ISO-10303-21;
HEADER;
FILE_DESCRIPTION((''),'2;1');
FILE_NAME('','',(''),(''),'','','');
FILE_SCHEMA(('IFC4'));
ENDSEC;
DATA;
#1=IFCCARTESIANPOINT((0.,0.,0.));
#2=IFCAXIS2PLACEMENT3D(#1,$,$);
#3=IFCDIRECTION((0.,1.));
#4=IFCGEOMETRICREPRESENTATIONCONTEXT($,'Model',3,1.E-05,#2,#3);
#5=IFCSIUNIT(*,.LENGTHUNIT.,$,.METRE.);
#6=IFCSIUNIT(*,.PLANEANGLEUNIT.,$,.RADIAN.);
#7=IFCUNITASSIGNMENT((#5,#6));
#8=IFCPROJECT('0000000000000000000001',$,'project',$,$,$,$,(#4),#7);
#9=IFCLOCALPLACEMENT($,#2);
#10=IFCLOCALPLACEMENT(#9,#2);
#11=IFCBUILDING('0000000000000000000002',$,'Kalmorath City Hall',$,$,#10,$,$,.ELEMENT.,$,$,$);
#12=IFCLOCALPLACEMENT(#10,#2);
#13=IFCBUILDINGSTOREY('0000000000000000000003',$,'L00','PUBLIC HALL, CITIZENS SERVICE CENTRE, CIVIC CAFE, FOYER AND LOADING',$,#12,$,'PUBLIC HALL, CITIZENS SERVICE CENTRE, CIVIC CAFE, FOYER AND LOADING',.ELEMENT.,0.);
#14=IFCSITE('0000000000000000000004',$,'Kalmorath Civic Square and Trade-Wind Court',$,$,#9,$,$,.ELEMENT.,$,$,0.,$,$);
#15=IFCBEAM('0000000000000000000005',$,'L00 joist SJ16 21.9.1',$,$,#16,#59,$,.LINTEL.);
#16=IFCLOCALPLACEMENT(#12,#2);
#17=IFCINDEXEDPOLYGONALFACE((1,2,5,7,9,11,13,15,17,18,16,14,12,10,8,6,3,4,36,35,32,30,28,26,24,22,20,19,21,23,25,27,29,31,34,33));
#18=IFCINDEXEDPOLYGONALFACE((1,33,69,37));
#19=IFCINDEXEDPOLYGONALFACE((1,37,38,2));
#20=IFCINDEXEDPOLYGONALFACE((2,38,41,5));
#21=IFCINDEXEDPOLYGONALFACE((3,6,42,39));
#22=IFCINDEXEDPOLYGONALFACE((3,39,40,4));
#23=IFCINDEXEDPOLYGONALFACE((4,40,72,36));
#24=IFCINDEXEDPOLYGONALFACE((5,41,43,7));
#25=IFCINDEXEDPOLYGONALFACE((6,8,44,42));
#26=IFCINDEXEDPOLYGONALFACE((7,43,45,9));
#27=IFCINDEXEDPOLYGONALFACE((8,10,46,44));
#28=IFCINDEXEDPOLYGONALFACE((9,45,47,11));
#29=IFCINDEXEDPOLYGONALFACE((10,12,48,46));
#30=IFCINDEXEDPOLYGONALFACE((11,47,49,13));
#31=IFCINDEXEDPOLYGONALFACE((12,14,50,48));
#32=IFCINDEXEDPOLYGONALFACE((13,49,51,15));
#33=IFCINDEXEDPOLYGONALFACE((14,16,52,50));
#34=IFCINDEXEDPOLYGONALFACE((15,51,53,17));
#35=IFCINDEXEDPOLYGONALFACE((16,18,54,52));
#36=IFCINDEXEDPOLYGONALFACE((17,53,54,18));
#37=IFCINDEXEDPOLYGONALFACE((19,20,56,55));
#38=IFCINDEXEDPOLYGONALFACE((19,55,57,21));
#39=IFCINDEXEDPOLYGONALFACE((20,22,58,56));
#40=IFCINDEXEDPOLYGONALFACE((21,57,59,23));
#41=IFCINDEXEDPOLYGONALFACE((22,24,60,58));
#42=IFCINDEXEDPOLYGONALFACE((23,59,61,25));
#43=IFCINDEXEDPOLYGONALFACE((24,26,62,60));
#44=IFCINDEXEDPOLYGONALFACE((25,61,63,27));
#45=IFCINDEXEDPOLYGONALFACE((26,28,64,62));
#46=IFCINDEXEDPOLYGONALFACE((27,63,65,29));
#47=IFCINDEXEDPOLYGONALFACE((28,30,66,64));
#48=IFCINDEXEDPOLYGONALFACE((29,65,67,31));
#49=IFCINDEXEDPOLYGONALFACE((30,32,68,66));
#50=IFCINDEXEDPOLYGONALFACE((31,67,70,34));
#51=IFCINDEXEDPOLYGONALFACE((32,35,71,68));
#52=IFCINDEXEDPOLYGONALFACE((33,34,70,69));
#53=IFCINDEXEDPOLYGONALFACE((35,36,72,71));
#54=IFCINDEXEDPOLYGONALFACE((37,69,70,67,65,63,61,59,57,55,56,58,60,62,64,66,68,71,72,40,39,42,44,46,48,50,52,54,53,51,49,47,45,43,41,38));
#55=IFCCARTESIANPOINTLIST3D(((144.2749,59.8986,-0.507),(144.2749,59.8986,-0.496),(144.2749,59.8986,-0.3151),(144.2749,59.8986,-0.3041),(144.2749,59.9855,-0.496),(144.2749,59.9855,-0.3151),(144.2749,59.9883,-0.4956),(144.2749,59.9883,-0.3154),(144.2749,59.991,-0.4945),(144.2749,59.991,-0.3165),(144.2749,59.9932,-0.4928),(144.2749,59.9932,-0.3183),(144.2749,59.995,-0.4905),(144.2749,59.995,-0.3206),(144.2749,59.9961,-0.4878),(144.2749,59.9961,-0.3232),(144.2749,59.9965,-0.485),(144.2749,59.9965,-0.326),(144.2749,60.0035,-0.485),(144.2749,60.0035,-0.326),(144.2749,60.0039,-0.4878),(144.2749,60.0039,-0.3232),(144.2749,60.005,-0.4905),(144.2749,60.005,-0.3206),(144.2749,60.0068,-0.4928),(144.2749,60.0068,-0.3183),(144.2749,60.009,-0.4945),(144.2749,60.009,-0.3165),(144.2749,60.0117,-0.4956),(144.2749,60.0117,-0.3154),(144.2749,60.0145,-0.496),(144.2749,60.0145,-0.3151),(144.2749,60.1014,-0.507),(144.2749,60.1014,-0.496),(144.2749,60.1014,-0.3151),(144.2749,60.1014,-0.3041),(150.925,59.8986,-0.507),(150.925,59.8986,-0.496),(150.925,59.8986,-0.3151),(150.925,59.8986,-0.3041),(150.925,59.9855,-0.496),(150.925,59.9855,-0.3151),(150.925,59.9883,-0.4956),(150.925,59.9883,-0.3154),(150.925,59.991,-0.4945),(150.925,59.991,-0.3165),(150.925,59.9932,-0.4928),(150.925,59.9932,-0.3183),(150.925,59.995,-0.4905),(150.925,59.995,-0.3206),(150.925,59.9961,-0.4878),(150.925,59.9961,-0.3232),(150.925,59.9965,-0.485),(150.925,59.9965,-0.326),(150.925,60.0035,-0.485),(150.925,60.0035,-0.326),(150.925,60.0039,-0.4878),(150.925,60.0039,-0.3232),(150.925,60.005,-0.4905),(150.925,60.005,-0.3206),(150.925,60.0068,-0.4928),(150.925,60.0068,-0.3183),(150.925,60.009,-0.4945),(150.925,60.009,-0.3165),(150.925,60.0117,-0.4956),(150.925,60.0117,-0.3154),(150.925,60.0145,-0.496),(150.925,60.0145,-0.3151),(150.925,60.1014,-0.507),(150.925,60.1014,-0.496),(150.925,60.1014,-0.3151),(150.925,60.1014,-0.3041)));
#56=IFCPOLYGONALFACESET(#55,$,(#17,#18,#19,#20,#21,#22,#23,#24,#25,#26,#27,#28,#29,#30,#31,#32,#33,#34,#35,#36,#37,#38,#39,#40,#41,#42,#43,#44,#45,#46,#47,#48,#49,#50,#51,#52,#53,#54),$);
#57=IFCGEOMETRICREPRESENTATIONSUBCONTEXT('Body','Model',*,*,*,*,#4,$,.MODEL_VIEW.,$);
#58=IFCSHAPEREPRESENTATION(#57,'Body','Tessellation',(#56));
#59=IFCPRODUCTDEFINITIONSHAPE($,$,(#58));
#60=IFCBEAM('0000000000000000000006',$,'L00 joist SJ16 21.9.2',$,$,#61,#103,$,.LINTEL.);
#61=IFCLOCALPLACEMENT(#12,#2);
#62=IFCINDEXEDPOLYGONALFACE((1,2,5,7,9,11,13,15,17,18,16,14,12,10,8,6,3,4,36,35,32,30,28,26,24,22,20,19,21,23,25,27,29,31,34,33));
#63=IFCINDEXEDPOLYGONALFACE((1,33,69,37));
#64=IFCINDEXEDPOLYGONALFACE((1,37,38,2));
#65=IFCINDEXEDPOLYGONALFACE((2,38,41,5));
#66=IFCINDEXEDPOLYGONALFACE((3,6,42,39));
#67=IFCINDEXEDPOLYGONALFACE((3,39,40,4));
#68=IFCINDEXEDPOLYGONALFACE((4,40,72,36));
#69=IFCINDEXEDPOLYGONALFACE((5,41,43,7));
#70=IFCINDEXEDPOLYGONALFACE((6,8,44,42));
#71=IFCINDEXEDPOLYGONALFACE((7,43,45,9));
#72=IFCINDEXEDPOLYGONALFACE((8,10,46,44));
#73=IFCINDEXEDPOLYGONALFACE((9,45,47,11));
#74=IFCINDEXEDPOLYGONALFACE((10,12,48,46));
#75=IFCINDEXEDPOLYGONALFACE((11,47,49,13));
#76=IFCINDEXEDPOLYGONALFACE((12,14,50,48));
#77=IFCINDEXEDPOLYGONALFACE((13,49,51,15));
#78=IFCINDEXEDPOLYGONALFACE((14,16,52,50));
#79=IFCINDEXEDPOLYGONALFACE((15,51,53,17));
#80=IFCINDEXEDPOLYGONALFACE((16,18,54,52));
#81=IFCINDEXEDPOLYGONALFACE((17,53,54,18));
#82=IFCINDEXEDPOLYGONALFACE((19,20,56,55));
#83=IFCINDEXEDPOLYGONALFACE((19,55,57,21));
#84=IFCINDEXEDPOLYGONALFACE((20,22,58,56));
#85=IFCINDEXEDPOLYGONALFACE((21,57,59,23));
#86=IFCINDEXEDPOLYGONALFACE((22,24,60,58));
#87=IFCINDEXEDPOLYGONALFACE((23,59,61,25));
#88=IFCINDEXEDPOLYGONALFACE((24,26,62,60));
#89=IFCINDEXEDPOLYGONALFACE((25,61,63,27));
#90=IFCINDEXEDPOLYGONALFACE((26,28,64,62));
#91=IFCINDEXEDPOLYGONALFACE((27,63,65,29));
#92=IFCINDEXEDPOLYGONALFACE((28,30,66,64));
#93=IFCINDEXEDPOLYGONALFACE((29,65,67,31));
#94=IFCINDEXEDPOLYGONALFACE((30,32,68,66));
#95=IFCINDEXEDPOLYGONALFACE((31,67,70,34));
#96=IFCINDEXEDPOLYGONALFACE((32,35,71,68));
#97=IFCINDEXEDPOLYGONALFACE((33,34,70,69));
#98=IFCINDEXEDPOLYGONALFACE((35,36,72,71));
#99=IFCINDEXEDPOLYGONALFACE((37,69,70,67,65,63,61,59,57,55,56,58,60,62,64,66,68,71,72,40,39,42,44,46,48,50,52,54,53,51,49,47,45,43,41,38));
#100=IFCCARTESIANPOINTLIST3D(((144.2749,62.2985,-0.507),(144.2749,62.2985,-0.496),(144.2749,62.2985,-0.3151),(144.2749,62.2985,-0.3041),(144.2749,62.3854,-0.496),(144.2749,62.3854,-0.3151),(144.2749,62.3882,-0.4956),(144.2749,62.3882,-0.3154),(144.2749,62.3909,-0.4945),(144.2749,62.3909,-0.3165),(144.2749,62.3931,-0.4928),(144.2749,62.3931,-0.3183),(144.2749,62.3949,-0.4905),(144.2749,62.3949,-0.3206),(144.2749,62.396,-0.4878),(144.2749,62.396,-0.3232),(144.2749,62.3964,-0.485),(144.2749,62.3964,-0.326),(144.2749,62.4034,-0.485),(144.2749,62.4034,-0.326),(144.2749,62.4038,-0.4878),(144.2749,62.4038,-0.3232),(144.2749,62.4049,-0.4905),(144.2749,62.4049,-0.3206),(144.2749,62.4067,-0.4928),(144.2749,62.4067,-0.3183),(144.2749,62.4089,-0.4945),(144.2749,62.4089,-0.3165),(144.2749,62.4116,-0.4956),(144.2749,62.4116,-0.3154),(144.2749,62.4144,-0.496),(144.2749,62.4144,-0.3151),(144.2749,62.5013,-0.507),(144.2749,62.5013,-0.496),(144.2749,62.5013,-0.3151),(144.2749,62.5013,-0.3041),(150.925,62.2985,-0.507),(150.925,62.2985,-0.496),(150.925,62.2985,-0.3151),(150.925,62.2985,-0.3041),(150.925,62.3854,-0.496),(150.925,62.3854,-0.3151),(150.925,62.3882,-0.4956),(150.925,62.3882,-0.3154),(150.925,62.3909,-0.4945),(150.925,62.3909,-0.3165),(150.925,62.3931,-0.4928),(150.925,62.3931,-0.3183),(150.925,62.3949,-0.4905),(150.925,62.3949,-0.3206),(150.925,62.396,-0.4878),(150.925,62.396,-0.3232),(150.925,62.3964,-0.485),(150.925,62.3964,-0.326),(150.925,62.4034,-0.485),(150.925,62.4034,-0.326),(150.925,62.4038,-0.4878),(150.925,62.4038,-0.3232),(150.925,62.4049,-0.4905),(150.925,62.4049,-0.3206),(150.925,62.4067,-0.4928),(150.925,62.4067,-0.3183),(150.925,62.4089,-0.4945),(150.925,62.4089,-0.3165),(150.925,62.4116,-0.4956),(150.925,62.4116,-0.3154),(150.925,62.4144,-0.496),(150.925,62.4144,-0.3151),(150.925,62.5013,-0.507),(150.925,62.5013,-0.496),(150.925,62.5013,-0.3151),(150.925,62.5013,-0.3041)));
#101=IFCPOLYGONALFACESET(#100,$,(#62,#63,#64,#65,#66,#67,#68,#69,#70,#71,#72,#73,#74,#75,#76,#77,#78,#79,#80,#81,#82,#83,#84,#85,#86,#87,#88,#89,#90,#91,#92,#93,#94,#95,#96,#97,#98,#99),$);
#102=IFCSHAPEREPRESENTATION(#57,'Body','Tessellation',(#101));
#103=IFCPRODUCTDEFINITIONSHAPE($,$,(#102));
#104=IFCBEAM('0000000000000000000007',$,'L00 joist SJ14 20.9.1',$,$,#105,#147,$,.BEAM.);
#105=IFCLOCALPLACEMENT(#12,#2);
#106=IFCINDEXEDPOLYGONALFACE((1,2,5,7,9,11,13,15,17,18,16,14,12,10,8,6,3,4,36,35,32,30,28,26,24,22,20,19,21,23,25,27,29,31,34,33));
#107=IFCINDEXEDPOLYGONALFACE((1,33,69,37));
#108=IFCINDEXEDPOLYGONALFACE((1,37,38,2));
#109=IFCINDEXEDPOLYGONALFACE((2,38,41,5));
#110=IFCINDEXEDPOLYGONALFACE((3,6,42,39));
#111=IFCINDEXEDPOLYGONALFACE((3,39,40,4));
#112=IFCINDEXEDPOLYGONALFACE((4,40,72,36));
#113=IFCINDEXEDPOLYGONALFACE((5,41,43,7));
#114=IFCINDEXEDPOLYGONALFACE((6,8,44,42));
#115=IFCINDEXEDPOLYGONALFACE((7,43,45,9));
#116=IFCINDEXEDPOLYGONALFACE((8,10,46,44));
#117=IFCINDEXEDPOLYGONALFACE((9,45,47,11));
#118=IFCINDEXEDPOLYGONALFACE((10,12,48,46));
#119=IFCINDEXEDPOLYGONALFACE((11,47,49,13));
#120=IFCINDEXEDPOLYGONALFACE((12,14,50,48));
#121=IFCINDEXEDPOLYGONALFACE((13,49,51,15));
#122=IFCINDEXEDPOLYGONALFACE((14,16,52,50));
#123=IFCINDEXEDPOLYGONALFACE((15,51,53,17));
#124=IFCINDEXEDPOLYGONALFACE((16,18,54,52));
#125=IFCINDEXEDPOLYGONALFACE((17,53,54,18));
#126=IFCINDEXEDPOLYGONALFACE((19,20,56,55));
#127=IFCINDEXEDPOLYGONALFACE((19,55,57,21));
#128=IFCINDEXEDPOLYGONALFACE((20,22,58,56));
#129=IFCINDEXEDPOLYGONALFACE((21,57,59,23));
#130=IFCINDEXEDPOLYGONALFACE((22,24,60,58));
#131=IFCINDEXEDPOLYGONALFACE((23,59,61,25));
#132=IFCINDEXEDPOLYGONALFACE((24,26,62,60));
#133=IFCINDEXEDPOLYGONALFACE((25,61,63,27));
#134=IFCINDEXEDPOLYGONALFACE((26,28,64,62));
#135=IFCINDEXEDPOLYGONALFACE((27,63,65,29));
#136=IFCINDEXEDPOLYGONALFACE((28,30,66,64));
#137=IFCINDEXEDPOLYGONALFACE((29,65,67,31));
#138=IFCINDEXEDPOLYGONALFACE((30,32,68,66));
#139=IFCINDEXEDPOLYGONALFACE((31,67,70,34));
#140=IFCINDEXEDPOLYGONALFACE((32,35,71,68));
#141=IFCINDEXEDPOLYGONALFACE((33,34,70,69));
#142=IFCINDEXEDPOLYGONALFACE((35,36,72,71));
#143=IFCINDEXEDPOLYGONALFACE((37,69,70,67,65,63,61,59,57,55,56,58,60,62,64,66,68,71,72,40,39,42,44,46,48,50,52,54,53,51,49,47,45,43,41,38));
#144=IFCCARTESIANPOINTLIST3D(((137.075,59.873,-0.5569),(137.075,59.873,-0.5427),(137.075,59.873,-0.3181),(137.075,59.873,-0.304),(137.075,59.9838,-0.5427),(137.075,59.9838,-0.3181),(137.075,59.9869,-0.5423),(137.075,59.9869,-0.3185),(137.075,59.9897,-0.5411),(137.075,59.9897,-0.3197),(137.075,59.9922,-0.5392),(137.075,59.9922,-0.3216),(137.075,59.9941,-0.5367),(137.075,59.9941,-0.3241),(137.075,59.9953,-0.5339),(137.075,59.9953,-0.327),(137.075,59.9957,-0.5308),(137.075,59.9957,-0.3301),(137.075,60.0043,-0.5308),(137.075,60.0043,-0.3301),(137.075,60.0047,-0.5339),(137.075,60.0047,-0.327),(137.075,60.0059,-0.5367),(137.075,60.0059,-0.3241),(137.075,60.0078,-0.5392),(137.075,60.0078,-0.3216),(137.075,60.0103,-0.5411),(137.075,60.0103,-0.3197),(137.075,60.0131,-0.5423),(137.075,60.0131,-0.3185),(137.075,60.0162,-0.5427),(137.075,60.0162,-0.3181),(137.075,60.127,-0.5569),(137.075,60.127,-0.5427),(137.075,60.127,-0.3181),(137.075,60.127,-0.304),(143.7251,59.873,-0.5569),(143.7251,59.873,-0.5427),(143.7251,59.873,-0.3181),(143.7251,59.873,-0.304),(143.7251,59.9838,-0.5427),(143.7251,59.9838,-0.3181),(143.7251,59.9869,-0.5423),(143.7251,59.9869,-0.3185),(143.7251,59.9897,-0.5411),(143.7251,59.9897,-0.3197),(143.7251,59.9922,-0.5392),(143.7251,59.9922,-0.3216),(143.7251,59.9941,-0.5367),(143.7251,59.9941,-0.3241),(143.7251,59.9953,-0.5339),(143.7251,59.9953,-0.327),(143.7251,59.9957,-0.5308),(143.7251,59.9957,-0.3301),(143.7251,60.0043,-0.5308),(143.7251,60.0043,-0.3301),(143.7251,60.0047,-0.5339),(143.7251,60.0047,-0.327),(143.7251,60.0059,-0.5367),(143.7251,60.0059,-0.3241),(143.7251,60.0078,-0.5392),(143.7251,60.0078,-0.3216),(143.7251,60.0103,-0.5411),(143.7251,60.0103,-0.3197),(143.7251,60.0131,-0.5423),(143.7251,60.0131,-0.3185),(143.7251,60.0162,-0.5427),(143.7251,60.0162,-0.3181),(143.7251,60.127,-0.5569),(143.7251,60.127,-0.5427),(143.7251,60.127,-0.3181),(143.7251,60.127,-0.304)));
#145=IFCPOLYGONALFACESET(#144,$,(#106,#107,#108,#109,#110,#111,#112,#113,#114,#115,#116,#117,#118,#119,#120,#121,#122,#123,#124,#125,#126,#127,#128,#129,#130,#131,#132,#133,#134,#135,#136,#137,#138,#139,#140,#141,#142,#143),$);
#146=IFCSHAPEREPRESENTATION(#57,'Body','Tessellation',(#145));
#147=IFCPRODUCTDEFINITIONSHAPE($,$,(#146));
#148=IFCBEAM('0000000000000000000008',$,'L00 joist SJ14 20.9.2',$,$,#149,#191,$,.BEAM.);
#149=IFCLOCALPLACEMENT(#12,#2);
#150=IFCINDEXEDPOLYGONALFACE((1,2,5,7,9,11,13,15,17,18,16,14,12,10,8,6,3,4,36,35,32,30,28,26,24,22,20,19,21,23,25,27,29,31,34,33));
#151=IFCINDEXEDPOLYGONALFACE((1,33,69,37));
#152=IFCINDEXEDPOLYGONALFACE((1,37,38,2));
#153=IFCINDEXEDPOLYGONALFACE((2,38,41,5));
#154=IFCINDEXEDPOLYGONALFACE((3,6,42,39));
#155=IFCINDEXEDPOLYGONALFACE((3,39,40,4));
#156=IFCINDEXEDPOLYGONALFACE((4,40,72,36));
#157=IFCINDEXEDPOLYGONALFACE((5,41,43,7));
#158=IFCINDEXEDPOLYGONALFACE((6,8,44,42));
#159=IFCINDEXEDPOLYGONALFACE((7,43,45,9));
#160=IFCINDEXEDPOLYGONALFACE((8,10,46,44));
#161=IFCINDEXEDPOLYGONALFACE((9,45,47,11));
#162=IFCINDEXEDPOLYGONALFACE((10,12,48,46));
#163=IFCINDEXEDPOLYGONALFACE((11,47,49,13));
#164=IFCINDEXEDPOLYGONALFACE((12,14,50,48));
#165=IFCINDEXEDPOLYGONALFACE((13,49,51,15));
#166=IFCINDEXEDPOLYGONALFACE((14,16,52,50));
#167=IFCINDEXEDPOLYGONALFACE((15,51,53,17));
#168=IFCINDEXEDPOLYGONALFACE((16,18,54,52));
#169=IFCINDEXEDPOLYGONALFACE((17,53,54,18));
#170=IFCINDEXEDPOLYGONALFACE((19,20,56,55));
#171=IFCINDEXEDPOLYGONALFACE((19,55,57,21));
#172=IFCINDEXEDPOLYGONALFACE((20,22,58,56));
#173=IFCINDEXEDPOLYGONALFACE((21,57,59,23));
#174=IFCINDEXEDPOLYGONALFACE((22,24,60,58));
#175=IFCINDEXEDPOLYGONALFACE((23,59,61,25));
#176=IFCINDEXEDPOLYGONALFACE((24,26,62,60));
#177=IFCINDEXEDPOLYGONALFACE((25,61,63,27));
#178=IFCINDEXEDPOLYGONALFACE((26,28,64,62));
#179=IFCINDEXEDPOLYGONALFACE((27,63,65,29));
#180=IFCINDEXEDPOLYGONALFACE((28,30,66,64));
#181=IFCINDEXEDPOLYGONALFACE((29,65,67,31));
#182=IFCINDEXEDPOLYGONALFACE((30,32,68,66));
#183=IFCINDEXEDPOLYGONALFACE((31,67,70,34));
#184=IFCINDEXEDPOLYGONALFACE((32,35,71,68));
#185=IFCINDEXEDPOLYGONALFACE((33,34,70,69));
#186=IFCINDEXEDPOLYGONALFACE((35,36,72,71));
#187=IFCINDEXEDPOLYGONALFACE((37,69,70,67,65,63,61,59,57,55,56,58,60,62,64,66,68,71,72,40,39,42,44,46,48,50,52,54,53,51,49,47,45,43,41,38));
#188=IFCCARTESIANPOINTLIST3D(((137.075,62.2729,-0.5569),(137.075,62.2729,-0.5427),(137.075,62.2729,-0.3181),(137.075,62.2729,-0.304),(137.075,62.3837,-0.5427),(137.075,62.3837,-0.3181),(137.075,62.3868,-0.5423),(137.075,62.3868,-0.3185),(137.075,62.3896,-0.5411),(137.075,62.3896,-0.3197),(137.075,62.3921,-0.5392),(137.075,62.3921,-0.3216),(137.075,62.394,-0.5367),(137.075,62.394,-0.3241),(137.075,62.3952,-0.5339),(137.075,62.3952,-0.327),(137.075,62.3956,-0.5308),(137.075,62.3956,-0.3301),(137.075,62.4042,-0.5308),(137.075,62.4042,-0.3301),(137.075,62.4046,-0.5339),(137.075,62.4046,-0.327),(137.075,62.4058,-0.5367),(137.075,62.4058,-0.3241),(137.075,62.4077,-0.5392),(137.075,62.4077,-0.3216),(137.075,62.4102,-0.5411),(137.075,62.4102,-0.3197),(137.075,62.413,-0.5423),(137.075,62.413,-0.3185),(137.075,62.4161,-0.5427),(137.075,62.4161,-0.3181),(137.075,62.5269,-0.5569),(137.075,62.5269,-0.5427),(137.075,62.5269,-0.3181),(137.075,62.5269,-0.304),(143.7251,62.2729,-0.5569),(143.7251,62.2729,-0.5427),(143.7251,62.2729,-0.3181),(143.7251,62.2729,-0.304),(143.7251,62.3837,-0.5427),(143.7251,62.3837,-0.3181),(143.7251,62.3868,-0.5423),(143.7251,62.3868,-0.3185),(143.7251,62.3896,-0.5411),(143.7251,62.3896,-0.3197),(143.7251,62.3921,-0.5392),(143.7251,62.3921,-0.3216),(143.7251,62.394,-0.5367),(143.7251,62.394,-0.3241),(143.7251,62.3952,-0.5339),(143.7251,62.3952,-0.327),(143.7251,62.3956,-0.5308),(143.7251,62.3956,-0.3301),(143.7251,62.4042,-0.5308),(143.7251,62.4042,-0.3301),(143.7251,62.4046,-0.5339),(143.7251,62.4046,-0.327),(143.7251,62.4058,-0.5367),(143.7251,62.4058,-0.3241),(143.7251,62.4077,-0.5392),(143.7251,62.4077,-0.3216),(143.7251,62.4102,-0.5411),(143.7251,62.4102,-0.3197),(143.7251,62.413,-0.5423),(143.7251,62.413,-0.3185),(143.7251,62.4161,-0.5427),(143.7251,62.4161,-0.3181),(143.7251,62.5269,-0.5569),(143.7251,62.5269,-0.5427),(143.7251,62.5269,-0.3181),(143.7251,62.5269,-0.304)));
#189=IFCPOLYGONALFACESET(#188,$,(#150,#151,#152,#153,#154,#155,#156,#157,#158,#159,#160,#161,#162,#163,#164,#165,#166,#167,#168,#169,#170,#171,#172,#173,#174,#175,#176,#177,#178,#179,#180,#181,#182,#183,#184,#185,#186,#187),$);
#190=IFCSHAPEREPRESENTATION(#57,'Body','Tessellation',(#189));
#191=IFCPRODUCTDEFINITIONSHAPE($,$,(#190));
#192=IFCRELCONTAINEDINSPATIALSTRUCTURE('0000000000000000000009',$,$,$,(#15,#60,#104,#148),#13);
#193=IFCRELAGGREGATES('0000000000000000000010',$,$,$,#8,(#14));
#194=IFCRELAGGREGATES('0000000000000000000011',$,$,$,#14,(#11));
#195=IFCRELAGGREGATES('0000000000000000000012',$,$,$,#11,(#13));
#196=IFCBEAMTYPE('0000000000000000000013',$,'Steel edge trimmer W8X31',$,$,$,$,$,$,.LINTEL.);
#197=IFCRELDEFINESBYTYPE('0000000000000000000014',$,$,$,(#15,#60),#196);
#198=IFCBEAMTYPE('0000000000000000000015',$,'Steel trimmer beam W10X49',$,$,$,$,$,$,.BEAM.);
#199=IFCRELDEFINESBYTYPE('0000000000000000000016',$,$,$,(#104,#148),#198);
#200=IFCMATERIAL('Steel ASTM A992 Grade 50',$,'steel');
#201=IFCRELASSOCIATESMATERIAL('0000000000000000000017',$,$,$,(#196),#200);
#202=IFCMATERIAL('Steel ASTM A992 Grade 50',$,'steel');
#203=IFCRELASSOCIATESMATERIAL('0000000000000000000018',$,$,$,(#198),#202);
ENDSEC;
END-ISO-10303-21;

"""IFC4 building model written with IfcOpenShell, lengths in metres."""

from ifc_helpers import new_model, si_unit, direction, frame, origin, origin_2d, place, context, subcontext, project, spatial, i_section, extrude, material, material_profile, profile_set, type_object, element, save


model = new_model("IFC4")

# Units and contexts
model_context = context("Model", 3, precision=1e-05, world=origin(), true_north=direction((0.0, 1.0)))
body_context = subcontext(model_context, "Body", "Model", "MODEL_VIEW")
ifc_project = project(units=[si_unit("LENGTHUNIT", "METRE"), si_unit("PLANEANGLEUNIT", "RADIAN")], contexts=[model_context])

# Site, building, storey
site_placement = place(None, origin())
site = spatial("IfcSite", under=ifc_project, at=site_placement, Name="Kalmorath Civic Square and Trade-Wind Court", CompositionType="ELEMENT", RefElevation=0.0)
building_placement = place(site_placement, origin())
building = spatial("IfcBuilding", under=site, at=building_placement, Name="Kalmorath City Hall", CompositionType="ELEMENT")
storey_placement = place(building_placement, origin())
storey = spatial("IfcBuildingStorey", under=building, at=storey_placement, Name="L00", Description="PUBLIC HALL, CITIZENS SERVICE CENTRE, CIVIC CAFE, FOYER AND LOADING", LongName="PUBLIC HALL, CITIZENS SERVICE CENTRE, CIVIC CAFE, FOYER AND LOADING", CompositionType="ELEMENT", Elevation=0.0)

# Beams
ifc_material_1 = material(Name="Steel ASTM A992 Grade 50", Category="steel")
ifc_material_profile_1 = material_profile(ifc_material_1, i_section(OverallWidth=0.2029, OverallDepth=0.2029, WebThickness=0.0071, FlangeThickness=0.011, FilletRadius=0.011, at=origin_2d()), Name="W8X31")
ifc_profile_set_1 = profile_set([ifc_material_profile_1], Name="Steel ASTM A992 Grade 50")
beam_type_1 = type_object("IfcBeamType", Name="Steel edge trimmer W8X31", PredefinedType="LINTEL", material=ifc_profile_set_1)
for number, where, z_axis, x_axis, name in (
    (1, (144.2749, 60.0, -0.4055), (1.0, 0.0, 0.0), (0.0, 1.0, 0.0), "L00 joist SJ16 21.9.1"),
    (2, (144.2749, 62.3999, -0.4055), (1.0, 0.0, 0.0), (0.0, 1.0, 0.0), "L00 joist SJ16 21.9.2"),
):
    element("IfcBeam", number, at=place(storey_placement, frame(where, z_axis=z_axis, x_axis=x_axis)), inside=storey, type_object=beam_type_1, Name=name, PredefinedType="LINTEL", context=body_context, shape_type="SweptSolid", body=[
        extrude(i_section(OverallWidth=0.2029, OverallDepth=0.2029, WebThickness=0.0071, FlangeThickness=0.011, FilletRadius=0.011, at=origin_2d()), origin(), (0.0, 0.0, 1.0), 6.6501),
    ])
ifc_material_2 = material(Name="Steel ASTM A992 Grade 50", Category="steel")
ifc_material_profile_2 = material_profile(ifc_material_2, i_section(OverallWidth=0.2539, OverallDepth=0.2529, WebThickness=0.0085, FlangeThickness=0.0142, FilletRadius=0.012, at=origin_2d()), Name="W10X49")
ifc_profile_set_2 = profile_set([ifc_material_profile_2], Name="Steel ASTM A992 Grade 50")
beam_type_2 = type_object("IfcBeamType", Name="Steel trimmer beam W10X49", PredefinedType="BEAM", material=ifc_profile_set_2)
for number, where, z_axis, x_axis, name in (
    (3, (137.075, 60.0, -0.4304), (1.0, 0.0, 0.0), (0.0, 1.0, 0.0), "L00 joist SJ14 20.9.1"),
    (4, (137.075, 62.3999, -0.4304), (1.0, 0.0, 0.0), (0.0, 1.0, 0.0), "L00 joist SJ14 20.9.2"),
):
    element("IfcBeam", number, at=place(storey_placement, frame(where, z_axis=z_axis, x_axis=x_axis)), inside=storey, type_object=beam_type_2, Name=name, PredefinedType="BEAM", context=body_context, shape_type="SweptSolid", body=[
        extrude(i_section(OverallWidth=0.2539, OverallDepth=0.2529, WebThickness=0.0085, FlangeThickness=0.0142, FilletRadius=0.012, at=origin_2d()), origin(), (0.0, 0.0, 1.0), 6.6501),
    ])

save(model, "model.ifc")
